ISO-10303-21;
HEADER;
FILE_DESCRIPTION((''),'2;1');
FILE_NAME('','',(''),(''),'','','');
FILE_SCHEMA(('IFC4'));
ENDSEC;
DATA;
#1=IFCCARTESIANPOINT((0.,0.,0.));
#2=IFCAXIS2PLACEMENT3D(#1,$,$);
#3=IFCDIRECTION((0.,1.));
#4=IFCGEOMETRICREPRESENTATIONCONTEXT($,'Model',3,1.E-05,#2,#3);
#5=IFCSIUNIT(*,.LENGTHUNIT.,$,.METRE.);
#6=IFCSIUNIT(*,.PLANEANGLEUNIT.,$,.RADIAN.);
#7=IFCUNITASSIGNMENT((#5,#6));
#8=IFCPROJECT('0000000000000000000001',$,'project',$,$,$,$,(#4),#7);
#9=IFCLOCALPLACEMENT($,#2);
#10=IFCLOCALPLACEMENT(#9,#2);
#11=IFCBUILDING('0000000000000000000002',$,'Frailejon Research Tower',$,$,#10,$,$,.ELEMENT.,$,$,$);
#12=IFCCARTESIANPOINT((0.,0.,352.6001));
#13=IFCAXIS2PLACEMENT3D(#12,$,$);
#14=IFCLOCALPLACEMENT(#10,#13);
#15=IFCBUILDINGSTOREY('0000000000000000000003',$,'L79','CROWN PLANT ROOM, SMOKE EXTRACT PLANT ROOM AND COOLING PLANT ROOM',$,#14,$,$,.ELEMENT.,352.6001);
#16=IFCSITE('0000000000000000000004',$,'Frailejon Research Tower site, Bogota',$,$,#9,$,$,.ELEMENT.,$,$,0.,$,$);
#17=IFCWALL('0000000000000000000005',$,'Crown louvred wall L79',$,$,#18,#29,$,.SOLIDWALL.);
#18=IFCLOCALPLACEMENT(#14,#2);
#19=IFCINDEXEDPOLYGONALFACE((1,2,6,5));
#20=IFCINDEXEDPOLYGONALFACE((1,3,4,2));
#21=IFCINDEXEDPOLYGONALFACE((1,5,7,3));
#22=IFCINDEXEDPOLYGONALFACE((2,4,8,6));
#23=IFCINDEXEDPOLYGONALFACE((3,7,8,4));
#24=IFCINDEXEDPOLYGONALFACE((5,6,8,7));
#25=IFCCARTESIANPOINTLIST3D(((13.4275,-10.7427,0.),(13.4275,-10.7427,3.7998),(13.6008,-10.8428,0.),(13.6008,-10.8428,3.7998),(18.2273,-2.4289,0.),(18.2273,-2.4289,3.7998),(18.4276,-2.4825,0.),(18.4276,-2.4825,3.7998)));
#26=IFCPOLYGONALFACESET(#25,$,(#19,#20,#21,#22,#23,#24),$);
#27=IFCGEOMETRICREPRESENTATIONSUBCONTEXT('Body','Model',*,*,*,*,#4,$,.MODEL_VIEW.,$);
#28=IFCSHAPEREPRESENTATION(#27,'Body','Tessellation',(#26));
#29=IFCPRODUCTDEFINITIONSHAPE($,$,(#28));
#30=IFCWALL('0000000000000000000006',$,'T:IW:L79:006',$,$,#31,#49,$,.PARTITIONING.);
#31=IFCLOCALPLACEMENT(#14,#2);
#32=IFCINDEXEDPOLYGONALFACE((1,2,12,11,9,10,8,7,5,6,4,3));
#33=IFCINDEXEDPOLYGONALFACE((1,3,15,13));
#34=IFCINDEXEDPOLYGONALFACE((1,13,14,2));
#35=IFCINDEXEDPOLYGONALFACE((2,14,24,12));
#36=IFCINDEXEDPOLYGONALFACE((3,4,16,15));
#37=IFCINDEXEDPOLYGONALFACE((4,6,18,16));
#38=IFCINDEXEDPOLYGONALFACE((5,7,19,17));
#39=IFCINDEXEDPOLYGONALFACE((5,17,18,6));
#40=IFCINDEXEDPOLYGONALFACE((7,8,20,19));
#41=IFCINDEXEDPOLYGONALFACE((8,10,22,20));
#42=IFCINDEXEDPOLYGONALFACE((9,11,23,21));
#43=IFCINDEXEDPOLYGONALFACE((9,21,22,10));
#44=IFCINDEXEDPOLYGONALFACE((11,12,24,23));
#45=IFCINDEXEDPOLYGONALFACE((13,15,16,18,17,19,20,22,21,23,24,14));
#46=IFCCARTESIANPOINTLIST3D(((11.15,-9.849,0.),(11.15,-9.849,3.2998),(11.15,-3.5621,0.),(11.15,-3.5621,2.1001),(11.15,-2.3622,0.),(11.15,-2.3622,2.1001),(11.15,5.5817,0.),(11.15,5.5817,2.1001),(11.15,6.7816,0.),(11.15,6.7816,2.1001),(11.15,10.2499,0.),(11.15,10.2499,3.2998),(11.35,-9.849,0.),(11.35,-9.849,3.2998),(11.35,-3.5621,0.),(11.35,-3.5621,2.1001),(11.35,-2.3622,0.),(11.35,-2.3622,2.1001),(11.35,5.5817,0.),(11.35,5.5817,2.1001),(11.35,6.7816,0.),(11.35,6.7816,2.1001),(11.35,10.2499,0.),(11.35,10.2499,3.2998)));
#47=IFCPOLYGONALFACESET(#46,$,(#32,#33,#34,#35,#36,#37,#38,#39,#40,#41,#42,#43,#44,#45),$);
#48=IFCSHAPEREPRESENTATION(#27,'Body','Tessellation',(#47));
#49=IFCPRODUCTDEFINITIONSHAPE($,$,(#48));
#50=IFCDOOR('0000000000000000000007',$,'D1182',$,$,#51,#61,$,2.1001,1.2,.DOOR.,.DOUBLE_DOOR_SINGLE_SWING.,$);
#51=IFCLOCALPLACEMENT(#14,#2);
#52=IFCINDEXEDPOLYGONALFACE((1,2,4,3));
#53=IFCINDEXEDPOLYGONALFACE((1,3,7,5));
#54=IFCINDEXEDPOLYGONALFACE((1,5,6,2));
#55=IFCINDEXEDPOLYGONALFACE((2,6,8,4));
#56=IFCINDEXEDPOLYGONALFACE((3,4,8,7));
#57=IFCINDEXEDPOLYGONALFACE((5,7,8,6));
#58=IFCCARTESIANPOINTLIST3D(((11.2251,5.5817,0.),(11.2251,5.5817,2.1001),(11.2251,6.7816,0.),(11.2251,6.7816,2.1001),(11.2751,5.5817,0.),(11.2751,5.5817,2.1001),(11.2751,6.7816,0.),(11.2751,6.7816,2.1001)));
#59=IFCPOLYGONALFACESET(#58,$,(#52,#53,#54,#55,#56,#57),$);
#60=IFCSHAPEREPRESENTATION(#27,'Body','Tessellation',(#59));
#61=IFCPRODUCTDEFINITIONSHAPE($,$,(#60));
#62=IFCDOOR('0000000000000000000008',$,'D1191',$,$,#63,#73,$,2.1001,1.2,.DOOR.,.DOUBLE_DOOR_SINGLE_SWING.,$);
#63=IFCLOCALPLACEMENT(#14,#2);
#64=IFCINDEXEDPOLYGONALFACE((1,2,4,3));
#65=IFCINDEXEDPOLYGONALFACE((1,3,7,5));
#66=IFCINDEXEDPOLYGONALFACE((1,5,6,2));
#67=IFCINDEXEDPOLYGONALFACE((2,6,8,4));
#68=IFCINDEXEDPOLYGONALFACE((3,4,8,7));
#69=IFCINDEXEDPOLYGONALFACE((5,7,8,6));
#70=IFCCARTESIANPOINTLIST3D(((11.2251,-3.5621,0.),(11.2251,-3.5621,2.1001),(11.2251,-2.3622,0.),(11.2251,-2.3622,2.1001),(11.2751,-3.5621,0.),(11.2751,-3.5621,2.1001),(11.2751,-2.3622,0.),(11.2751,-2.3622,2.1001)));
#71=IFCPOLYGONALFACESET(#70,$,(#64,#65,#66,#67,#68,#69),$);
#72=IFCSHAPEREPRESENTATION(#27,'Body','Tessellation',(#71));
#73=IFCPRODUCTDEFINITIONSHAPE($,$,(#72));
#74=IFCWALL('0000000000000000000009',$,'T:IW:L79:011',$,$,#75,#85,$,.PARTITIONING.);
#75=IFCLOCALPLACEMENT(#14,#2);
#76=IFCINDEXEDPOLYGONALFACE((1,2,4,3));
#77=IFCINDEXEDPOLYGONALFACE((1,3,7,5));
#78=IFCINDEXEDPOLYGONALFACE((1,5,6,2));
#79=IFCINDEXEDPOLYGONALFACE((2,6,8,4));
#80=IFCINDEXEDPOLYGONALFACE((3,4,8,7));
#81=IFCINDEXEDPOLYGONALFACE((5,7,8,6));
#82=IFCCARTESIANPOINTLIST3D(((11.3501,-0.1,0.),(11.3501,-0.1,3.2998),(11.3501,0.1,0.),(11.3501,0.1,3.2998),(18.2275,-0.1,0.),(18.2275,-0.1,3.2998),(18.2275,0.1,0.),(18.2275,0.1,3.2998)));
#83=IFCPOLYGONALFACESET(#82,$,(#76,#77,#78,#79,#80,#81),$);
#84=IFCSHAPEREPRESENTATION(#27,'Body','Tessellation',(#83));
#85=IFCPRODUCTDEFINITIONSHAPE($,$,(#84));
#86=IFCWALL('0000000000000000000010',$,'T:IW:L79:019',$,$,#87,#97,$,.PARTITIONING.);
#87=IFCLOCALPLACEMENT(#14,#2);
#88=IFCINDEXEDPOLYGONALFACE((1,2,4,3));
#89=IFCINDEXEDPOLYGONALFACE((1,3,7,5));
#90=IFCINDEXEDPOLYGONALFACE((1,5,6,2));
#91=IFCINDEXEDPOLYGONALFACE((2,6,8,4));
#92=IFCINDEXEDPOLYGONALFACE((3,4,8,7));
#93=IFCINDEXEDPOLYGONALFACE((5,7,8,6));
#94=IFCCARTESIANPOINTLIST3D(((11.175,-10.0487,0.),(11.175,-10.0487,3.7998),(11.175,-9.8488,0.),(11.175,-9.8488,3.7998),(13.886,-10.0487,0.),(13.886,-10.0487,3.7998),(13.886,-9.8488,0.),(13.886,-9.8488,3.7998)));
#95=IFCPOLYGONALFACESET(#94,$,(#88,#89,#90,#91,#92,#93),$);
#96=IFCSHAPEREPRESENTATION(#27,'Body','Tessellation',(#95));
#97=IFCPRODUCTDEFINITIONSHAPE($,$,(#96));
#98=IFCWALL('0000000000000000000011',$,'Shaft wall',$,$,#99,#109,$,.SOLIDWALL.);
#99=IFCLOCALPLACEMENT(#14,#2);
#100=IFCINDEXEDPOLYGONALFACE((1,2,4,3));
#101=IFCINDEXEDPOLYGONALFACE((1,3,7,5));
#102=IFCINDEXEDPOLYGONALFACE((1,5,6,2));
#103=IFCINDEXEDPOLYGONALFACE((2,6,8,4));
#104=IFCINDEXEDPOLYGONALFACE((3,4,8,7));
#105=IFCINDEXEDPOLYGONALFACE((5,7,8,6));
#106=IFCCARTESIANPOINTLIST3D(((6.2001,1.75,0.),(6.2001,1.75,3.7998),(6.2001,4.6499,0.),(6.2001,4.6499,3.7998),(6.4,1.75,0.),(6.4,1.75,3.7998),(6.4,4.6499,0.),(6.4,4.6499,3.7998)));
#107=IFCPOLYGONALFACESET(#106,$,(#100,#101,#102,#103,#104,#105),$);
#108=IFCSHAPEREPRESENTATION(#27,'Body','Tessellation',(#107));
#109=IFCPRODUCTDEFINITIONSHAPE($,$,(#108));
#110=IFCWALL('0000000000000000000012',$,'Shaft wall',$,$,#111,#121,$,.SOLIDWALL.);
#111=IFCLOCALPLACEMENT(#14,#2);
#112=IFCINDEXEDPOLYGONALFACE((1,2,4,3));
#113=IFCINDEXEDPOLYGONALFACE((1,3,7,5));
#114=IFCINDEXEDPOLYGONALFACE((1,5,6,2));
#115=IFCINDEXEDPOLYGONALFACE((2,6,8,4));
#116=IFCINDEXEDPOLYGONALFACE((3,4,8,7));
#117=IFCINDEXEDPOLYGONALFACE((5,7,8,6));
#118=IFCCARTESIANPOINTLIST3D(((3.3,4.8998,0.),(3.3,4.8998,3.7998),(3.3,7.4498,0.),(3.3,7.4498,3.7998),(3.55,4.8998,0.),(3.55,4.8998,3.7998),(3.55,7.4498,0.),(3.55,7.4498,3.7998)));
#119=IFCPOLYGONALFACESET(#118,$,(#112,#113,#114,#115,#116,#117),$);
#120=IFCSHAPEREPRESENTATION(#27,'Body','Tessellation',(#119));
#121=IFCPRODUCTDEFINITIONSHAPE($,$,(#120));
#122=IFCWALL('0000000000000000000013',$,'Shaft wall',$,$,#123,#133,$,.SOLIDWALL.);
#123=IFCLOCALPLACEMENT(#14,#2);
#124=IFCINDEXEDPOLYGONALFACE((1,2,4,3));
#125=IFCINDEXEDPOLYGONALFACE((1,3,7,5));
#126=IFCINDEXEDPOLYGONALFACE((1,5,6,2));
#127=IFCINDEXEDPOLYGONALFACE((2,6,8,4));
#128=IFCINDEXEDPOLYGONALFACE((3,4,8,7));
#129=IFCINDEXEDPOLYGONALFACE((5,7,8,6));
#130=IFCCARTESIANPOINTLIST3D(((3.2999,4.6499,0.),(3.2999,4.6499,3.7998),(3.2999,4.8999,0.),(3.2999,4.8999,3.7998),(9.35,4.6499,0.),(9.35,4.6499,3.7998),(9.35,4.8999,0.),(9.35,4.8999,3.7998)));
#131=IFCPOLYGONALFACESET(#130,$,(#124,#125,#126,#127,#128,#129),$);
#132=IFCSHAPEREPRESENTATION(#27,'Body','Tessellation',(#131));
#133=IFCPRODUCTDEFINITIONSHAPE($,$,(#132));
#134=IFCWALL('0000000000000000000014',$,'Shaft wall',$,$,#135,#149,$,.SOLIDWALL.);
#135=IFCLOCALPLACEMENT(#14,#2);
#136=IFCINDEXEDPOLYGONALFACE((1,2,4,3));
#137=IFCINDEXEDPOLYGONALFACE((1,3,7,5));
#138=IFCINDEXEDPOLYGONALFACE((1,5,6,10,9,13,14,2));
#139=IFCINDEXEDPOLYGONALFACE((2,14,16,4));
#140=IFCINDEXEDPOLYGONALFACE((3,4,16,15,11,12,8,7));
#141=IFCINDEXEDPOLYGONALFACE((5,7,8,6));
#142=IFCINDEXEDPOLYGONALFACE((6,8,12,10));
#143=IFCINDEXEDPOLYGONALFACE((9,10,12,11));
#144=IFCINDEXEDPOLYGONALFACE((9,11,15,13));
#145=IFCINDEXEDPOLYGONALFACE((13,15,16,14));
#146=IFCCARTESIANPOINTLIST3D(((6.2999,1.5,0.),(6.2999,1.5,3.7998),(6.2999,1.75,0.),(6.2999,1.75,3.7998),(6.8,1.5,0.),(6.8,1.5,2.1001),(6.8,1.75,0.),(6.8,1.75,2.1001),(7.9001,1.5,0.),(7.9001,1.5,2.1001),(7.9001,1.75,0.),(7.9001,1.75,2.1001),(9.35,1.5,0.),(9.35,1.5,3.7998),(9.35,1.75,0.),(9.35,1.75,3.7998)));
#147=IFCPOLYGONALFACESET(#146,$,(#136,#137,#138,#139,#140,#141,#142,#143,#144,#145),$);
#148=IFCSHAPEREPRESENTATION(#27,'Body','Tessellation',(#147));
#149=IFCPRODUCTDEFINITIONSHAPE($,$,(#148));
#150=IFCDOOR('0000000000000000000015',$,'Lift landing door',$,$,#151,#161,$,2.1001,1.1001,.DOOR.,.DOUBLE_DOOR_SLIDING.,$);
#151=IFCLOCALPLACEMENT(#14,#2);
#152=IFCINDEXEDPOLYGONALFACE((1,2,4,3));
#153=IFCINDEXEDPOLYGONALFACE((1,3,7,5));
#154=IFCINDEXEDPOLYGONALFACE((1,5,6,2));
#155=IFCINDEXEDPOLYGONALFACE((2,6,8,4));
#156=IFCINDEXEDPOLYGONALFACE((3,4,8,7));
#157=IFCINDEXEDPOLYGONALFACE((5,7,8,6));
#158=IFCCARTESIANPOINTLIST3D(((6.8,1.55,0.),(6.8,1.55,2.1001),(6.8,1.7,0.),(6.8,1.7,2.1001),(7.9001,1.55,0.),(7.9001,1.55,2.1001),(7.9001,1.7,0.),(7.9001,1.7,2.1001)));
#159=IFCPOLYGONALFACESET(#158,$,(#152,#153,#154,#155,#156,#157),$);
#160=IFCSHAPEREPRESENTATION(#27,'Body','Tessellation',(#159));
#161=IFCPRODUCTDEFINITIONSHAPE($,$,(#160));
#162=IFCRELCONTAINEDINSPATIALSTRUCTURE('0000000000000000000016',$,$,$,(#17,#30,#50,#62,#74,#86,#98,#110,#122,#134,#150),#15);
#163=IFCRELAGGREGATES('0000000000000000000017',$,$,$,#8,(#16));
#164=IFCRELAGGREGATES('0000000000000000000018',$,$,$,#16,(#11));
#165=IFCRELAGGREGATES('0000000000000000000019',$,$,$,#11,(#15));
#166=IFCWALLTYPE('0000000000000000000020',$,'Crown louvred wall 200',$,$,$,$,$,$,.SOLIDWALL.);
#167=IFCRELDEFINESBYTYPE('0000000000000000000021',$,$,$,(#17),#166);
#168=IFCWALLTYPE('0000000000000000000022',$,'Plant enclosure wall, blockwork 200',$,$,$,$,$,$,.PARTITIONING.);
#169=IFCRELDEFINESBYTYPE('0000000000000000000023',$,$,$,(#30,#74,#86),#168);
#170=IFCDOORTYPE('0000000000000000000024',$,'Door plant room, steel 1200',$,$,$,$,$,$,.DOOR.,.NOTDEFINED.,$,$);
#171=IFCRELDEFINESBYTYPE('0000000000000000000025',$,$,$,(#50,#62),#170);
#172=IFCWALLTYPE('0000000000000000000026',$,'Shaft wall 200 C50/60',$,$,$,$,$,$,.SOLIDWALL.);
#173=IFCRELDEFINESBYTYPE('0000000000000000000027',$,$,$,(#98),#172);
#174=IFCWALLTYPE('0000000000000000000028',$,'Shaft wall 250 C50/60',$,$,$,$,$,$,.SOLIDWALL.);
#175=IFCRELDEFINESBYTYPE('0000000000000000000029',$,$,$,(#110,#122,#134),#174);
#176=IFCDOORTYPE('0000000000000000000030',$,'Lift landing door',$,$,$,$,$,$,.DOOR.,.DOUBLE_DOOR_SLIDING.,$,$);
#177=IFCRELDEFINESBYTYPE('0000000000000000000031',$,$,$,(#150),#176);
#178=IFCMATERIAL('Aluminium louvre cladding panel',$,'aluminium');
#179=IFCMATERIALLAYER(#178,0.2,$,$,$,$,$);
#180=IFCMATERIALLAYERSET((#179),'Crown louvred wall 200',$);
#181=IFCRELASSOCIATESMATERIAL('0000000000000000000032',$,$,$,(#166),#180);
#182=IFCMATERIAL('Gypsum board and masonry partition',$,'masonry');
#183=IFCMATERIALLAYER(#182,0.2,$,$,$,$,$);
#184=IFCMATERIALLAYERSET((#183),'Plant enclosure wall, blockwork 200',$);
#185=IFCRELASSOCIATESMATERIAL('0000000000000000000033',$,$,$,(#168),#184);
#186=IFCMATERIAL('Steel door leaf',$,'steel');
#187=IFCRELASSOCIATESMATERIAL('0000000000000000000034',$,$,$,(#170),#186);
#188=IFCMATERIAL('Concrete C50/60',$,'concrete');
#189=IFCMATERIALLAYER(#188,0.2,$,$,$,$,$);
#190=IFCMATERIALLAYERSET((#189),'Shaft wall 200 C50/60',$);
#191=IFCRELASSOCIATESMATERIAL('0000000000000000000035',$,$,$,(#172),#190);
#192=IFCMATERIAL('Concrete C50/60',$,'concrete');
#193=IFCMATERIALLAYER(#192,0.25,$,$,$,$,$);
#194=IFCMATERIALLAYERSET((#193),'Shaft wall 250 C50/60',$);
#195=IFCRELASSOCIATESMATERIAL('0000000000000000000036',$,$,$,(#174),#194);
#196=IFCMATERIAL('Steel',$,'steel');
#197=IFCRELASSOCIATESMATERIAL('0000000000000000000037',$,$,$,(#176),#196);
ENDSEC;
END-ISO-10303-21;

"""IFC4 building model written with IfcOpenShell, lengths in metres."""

from ifc_helpers import new_model, si_unit, direction, frame, frame_2d, origin, place, context, subcontext, project, spatial, polyline, rectangle, outline, extrude, material, layer, layer_set, type_object, element, fill, save


model = new_model("IFC4")

# Units and contexts
model_context = context("Model", 3, precision=1e-05, world=origin(), true_north=direction((0.0, 1.0)))
body_context = subcontext(model_context, "Body", "Model", "MODEL_VIEW")
ifc_project = project(units=[si_unit("LENGTHUNIT", "METRE"), si_unit("PLANEANGLEUNIT", "RADIAN")], contexts=[model_context])

# Site, building, storey
site_placement = place(None, origin())
site = spatial("IfcSite", under=ifc_project, at=site_placement, Name="Frailejon Research Tower site, Bogota", CompositionType="ELEMENT", RefElevation=0.0)
building_placement = place(site_placement, origin())
building = spatial("IfcBuilding", under=site, at=building_placement, Name="Frailejon Research Tower", CompositionType="ELEMENT")
storey_placement = place(building_placement, frame((0.0, 0.0, 352.6001)))
storey = spatial("IfcBuildingStorey", under=building, at=storey_placement, Name="L79", Description="CROWN PLANT ROOM, SMOKE EXTRACT PLANT ROOM AND COOLING PLANT ROOM", CompositionType="ELEMENT", Elevation=352.6001)

# Wall
ifc_material_1 = material(Name="Aluminium louvre cladding panel", Category="aluminium")
ifc_layer_1 = layer(ifc_material_1, 0.2)
ifc_layer_set_1 = layer_set([ifc_layer_1], Name="Crown louvred wall 200")
wall_type_1 = type_object("IfcWallType", Name="Crown louvred wall 200", PredefinedType="SOLIDWALL", material=ifc_layer_set_1)
wall_1_placement = place(storey_placement, frame((13.5142, -10.7927, 0.0), z_axis=(0.0, 0.0, 1.0), x_axis=(0.499993, 0.866029, 0.0)))
element("IfcWall", 1, at=wall_1_placement, inside=storey, type_object=wall_type_1, Name="Crown louvred wall L79", PredefinedType="SOLIDWALL", context=body_context, shape_type="SweptSolid", body=[
    extrude(outline(polyline([(0.0, -0.1001), (9.6536, -0.1001), (9.5999, 0.1001), (0.0, 0.1001), (0.0, -0.1001)])), origin(), (0.0, 0.0, 1.0), 3.7998),
])

# Wall, openings, doors
ifc_material_2 = material(Name="Gypsum board and masonry partition", Category="masonry")
ifc_layer_2 = layer(ifc_material_2, 0.2)
ifc_layer_set_2 = layer_set([ifc_layer_2], Name="Plant enclosure wall, blockwork 200")
wall_type_2 = type_object("IfcWallType", Name="Plant enclosure wall, blockwork 200", PredefinedType="PARTITIONING", material=ifc_layer_set_2)
wall_2_placement = place(storey_placement, frame((11.25, -9.8489, 0.0), z_axis=(0.0, 0.0, 1.0), x_axis=(0.0, 1.0, 0.0)))
wall_2 = element("IfcWall", 2, at=wall_2_placement, inside=storey, type_object=wall_type_2, Name="T:IW:L79:006", PredefinedType="PARTITIONING", context=body_context, shape_type="SweptSolid", body=[
    extrude(rectangle(XDim=20.0989, YDim=0.2, at=frame_2d((10.0493, 0.0))), origin(), (0.0, 0.0, 1.0), 3.2998),
])
opening_1_placement = place(wall_2_placement, frame((15.4304, 0.0, 0.0)))
opening_1 = element("IfcOpeningElement", 3, at=opening_1_placement, cuts=wall_2, PredefinedType="OPENING", context=body_context, shape_type="SweptSolid", body=[
    extrude(rectangle(XDim=1.2, YDim=2.1001, at=frame_2d((0.6001, 1.05))), frame((0.0, 0.1099, 0.0), z_axis=(0.0, -1.0, 0.0), x_axis=(1.0, 0.0, 0.0)), (0.0, 0.0, 1.0), 0.22),
])
opening_2_placement = place(wall_2_placement, frame((6.2866, 0.0, 0.0)))
opening_2 = element("IfcOpeningElement", 4, at=opening_2_placement, cuts=wall_2, PredefinedType="OPENING", context=body_context, shape_type="SweptSolid", body=[
    extrude(rectangle(XDim=1.2, YDim=2.1001, at=frame_2d((0.6001, 1.05))), frame((0.0, 0.1099, 0.0), z_axis=(0.0, -1.0, 0.0), x_axis=(1.0, 0.0, 0.0)), (0.0, 0.0, 1.0), 0.22),
])
ifc_material_3 = material(Name="Steel door leaf", Category="steel")
door_type_1 = type_object("IfcDoorType", Name="Door plant room, steel 1200", OperationType="NOTDEFINED", PredefinedType="DOOR", material=ifc_material_3)
door_1_placement = place(opening_1_placement, origin())
door_1 = element("IfcDoor", 5, at=door_1_placement, inside=storey, type_object=door_type_1, Name="D1182", OperationType="DOUBLE_DOOR_SINGLE_SWING", OverallHeight=2.1001, OverallWidth=1.2, PredefinedType="DOOR", context=body_context, shape_type="SweptSolid", body=[
    extrude(rectangle(XDim=1.2, YDim=2.1001, at=frame_2d((0.6001, 1.05))), frame((0.0, 0.0249, 0.0), z_axis=(0.0, -1.0, 0.0), x_axis=(1.0, 0.0, 0.0)), (0.0, 0.0, 1.0), 0.05),
])
fill(opening_1, door_1)
door_2_placement = place(opening_2_placement, origin())
door_2 = element("IfcDoor", 6, at=door_2_placement, inside=storey, type_object=door_type_1, Name="D1191", OperationType="DOUBLE_DOOR_SINGLE_SWING", OverallHeight=2.1001, OverallWidth=1.2, PredefinedType="DOOR", context=body_context, shape_type="SweptSolid", body=[
    extrude(rectangle(XDim=1.2, YDim=2.1001, at=frame_2d((0.6001, 1.05))), frame((0.0, 0.0249, 0.0), z_axis=(0.0, -1.0, 0.0), x_axis=(1.0, 0.0, 0.0)), (0.0, 0.0, 1.0), 0.05),
])
fill(opening_2, door_2)

# Walls
wall_3_placement = place(storey_placement, frame((11.3501, 0.0, 0.0), z_axis=(0.0, 0.0, 1.0), x_axis=(1.0, 0.0, 0.0)))
element("IfcWall", 7, at=wall_3_placement, inside=storey, type_object=wall_type_2, Name="T:IW:L79:011", PredefinedType="PARTITIONING", context=body_context, shape_type="SweptSolid", body=[
    extrude(rectangle(XDim=6.8774, YDim=0.2, at=frame_2d((3.4387, 0.0))), origin(), (0.0, 0.0, 1.0), 3.2998),
])
wall_4_placement = place(storey_placement, frame((11.175, -9.9487, 0.0), z_axis=(0.0, 0.0, 1.0), x_axis=(1.0, 0.0, 0.0)))
element("IfcWall", 8, at=wall_4_placement, inside=storey, type_object=wall_type_2, Name="T:IW:L79:019", PredefinedType="PARTITIONING", context=body_context, shape_type="SweptSolid", body=[
    extrude(rectangle(XDim=2.7109, YDim=0.2, at=frame_2d((1.3555, 0.0))), origin(), (0.0, 0.0, 1.0), 3.7998),
])
ifc_material_4 = material(Name="Concrete C50/60", Category="concrete")
ifc_layer_3 = layer(ifc_material_4, 0.2)
ifc_layer_set_3 = layer_set([ifc_layer_3], Name="Shaft wall 200 C50/60")
wall_type_3 = type_object("IfcWallType", Name="Shaft wall 200 C50/60", PredefinedType="SOLIDWALL", material=ifc_layer_set_3)
wall_5_placement = place(storey_placement, frame((6.3, 1.75, 0.0), z_axis=(0.0, 0.0, 1.0), x_axis=(0.0, 1.0, 0.0)))
element("IfcWall", 9, at=wall_5_placement, inside=storey, type_object=wall_type_3, Name="Shaft wall", PredefinedType="SOLIDWALL", context=body_context, shape_type="SweptSolid", body=[
    extrude(rectangle(XDim=2.8999, YDim=0.2, at=frame_2d((1.45, 0.0))), origin(), (0.0, 0.0, 1.0), 3.7998),
])
ifc_material_5 = material(Name="Concrete C50/60", Category="concrete")
ifc_layer_4 = layer(ifc_material_5, 0.25)
ifc_layer_set_4 = layer_set([ifc_layer_4], Name="Shaft wall 250 C50/60")
wall_type_4 = type_object("IfcWallType", Name="Shaft wall 250 C50/60", PredefinedType="SOLIDWALL", material=ifc_layer_set_4)
wall_6_placement = place(storey_placement, frame((3.425, 4.8999, 0.0), z_axis=(0.0, 0.0, 1.0), x_axis=(0.0, 1.0, 0.0)))
element("IfcWall", 10, at=wall_6_placement, inside=storey, type_object=wall_type_4, Name="Shaft wall", PredefinedType="SOLIDWALL", context=body_context, shape_type="SweptSolid", body=[
    extrude(rectangle(XDim=2.55, YDim=0.25, at=frame_2d((1.2749, 0.0))), origin(), (0.0, 0.0, 1.0), 3.7998),
])
wall_7_placement = place(storey_placement, frame((3.3, 4.7749, 0.0), z_axis=(0.0, 0.0, 1.0), x_axis=(1.0, 0.0, 0.0)))
element("IfcWall", 11, at=wall_7_placement, inside=storey, type_object=wall_type_4, Name="Shaft wall", PredefinedType="SOLIDWALL", context=body_context, shape_type="SweptSolid", body=[
    extrude(rectangle(XDim=6.05, YDim=0.25, at=frame_2d((3.0249, 0.0))), origin(), (0.0, 0.0, 1.0), 3.7998),
])

# Wall, opening, door
wall_8_placement = place(storey_placement, frame((6.3, 1.625, 0.0), z_axis=(0.0, 0.0, 1.0), x_axis=(1.0, 0.0, 0.0)))
wall_8 = element("IfcWall", 12, at=wall_8_placement, inside=storey, type_object=wall_type_4, Name="Shaft wall", PredefinedType="SOLIDWALL", context=body_context, shape_type="SweptSolid", body=[
    extrude(rectangle(XDim=3.05, YDim=0.25, at=frame_2d((1.5249, 0.0))), origin(), (0.0, 0.0, 1.0), 3.7998),
])
opening_3_placement = place(wall_8_placement, frame((0.5, 0.0, 0.0)))
opening_3 = element("IfcOpeningElement", 13, at=opening_3_placement, cuts=wall_8, PredefinedType="OPENING", context=body_context, shape_type="SweptSolid", body=[
    extrude(rectangle(XDim=1.1001, YDim=2.1001, at=frame_2d((0.55, 1.05))), frame((0.0, 0.135, 0.0), z_axis=(0.0, -1.0, 0.0), x_axis=(1.0, 0.0, 0.0)), (0.0, 0.0, 1.0), 0.27),
])
ifc_material_6 = material(Name="Steel", Category="steel")
door_type_2 = type_object("IfcDoorType", Name="Lift landing door", OperationType="DOUBLE_DOOR_SLIDING", PredefinedType="DOOR", material=ifc_material_6)
door_3_placement = place(opening_3_placement, origin())
door_3 = element("IfcDoor", 14, at=door_3_placement, inside=storey, type_object=door_type_2, Name="Lift landing door", OperationType="DOUBLE_DOOR_SLIDING", OverallHeight=2.1001, OverallWidth=1.1001, PredefinedType="DOOR", context=body_context, shape_type="SweptSolid", body=[
    extrude(rectangle(XDim=1.1001, YDim=2.1001, at=frame_2d((0.55, 1.05))), frame((0.0, 0.075, 0.0), z_axis=(0.0, -1.0, 0.0), x_axis=(1.0, 0.0, 0.0)), (0.0, 0.0, 1.0), 0.1499),
])
fill(opening_3, door_3)

save(model, "model.ifc")
